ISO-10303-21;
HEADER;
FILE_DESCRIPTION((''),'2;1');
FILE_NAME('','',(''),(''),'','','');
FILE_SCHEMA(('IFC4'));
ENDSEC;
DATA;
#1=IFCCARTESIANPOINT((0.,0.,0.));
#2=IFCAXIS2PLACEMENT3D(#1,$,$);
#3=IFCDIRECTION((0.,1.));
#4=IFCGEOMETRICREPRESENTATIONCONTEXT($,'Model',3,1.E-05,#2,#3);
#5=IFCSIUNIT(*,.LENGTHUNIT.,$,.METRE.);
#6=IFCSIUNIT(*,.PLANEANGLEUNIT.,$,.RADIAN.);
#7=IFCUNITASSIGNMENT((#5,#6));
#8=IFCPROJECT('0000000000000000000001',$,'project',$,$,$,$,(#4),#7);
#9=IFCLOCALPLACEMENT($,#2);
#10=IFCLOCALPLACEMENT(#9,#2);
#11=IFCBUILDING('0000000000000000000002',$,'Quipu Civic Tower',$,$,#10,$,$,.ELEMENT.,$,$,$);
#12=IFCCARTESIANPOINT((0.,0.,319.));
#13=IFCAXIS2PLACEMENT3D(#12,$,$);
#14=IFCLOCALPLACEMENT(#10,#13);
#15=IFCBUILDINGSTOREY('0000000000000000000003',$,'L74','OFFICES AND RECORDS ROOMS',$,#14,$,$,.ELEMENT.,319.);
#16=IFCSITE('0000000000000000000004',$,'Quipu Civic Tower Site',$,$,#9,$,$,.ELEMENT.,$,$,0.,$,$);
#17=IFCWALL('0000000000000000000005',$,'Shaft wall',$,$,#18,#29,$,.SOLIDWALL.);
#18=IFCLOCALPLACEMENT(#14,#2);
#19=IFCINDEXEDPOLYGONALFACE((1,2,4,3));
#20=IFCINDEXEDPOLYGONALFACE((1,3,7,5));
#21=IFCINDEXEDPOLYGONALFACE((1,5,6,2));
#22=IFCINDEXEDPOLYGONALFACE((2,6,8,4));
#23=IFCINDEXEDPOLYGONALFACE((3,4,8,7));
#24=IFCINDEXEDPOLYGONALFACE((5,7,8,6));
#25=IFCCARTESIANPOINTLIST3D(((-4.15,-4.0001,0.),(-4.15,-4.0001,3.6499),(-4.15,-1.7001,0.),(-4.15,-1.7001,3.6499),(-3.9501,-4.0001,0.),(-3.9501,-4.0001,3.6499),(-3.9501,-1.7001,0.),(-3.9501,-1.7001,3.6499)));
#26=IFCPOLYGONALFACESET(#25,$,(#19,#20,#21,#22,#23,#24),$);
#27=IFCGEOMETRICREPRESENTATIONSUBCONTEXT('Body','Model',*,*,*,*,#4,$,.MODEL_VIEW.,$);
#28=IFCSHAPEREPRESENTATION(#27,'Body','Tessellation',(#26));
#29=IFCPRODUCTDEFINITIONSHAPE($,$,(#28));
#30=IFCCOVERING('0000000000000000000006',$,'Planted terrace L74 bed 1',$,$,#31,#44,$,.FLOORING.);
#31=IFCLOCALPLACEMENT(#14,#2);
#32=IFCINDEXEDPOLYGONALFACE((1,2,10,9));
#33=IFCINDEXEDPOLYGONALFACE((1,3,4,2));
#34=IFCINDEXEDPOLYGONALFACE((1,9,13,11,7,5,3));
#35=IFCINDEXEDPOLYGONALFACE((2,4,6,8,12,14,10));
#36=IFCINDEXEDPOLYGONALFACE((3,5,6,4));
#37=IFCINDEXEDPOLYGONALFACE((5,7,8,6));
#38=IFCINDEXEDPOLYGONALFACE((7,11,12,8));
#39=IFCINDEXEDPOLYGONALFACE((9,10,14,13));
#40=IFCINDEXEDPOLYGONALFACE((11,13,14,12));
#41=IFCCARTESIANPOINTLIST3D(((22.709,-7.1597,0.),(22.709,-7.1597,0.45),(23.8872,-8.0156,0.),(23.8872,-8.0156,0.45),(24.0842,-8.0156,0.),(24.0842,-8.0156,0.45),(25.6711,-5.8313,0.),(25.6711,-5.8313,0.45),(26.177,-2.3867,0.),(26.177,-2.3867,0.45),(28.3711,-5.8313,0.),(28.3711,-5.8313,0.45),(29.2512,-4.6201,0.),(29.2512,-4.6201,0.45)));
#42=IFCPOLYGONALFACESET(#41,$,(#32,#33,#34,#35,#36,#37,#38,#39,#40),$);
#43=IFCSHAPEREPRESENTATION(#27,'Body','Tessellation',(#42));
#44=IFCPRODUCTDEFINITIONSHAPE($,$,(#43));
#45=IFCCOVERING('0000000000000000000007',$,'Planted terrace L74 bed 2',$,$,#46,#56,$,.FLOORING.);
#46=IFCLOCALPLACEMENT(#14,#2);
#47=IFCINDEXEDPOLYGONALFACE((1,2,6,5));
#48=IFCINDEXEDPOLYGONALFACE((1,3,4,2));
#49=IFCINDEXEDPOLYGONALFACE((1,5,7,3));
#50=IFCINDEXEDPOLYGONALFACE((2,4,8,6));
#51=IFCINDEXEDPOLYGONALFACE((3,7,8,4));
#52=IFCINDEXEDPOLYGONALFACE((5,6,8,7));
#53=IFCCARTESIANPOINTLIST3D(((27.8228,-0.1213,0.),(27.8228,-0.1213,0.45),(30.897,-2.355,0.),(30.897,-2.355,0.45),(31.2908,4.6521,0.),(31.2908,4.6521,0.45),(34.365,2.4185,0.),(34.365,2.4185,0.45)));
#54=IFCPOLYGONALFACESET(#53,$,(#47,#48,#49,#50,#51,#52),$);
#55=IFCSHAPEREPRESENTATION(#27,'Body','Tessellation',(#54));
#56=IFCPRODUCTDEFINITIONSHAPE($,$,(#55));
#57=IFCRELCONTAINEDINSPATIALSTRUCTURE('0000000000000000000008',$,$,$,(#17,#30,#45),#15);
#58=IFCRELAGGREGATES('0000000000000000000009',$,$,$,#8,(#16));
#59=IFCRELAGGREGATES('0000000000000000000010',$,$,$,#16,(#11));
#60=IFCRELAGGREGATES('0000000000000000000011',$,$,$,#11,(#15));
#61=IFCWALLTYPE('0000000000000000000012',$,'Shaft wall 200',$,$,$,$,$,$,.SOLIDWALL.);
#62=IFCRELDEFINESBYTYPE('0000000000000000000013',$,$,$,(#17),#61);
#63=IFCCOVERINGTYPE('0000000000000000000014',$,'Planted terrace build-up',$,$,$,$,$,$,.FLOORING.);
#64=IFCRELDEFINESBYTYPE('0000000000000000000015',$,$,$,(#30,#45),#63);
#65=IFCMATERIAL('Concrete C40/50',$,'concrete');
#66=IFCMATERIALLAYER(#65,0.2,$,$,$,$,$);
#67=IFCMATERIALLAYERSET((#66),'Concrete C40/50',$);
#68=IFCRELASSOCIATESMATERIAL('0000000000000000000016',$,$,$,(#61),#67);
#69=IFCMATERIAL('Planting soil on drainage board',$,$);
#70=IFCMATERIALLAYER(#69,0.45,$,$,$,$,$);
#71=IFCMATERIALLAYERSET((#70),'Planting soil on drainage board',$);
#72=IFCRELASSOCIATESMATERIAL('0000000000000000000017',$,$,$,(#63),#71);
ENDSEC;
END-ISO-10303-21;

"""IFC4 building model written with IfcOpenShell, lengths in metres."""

from ifc_helpers import new_model, si_unit, direction, frame, frame_2d, origin, place, context, subcontext, project, spatial, polyline, rectangle, outline, extrude, material, layer, layer_set, type_object, element, save


model = new_model("IFC4")

# Units and contexts
model_context = context("Model", 3, precision=1e-05, world=origin(), true_north=direction((0.0, 1.0)))
body_context = subcontext(model_context, "Body", "Model", "MODEL_VIEW")
ifc_project = project(units=[si_unit("LENGTHUNIT", "METRE"), si_unit("PLANEANGLEUNIT", "RADIAN")], contexts=[model_context])

# Site, building, storey
site_placement = place(None, origin())
site = spatial("IfcSite", under=ifc_project, at=site_placement, Name="Quipu Civic Tower Site", CompositionType="ELEMENT", RefElevation=0.0)
building_placement = place(site_placement, origin())
building = spatial("IfcBuilding", under=site, at=building_placement, Name="Quipu Civic Tower", CompositionType="ELEMENT")
storey_placement = place(building_placement, frame((0.0, 0.0, 319.0)))
storey = spatial("IfcBuildingStorey", under=building, at=storey_placement, Name="L74", Description="OFFICES AND RECORDS ROOMS", CompositionType="ELEMENT", Elevation=319.0)

# Wall
ifc_material_1 = material(Name="Concrete C40/50", Category="concrete")
ifc_layer_1 = layer(ifc_material_1, 0.2)
ifc_layer_set_1 = layer_set([ifc_layer_1], Name="Concrete C40/50")
wall_type_1 = type_object("IfcWallType", Name="Shaft wall 200", PredefinedType="SOLIDWALL", material=ifc_layer_set_1)
for number, where, z_axis, x_axis, name in (
    (1, (-4.05, -4.0, 0.0), (0.0, 0.0, 1.0), (0.0, 1.0, 0.0), "Shaft wall"),
):
    element("IfcWall", number, at=place(storey_placement, frame(where, z_axis=z_axis, x_axis=x_axis)), inside=storey, type_object=wall_type_1, Name=name, PredefinedType="SOLIDWALL", context=body_context, shape_type="SweptSolid", body=[
        extrude(rectangle(XDim=2.3, YDim=0.2, at=frame_2d((1.1499, 0.0))), origin(), (0.0, 0.0, 1.0), 3.6499),
    ])

# Coverings
ifc_material_2 = material(Name="Planting soil on drainage board")
ifc_layer_2 = layer(ifc_material_2, 0.45)
ifc_layer_set_2 = layer_set([ifc_layer_2], Name="Planting soil on drainage board")
covering_type = type_object("IfcCoveringType", Name="Planted terrace build-up", PredefinedType="FLOORING", material=ifc_layer_set_2)
covering_1_placement = place(storey_placement, origin())
element("IfcCovering", 2, at=covering_1_placement, inside=storey, type_object=covering_type, Name="Planted terrace L74 bed 1", PredefinedType="FLOORING", context=body_context, shape_type="SweptSolid", body=[
    extrude(outline(polyline([(26.177, -2.3867), (29.2512, -4.6201), (28.3711, -5.8313), (25.6711, -5.8313), (24.0842, -8.0156), (23.8872, -8.0156), (22.709, -7.1597), (26.177, -2.3867)])), origin(), (0.0, 0.0, 1.0), 0.45),
])
covering_2_placement = place(storey_placement, origin())
element("IfcCovering", 3, at=covering_2_placement, inside=storey, type_object=covering_type, Name="Planted terrace L74 bed 2", PredefinedType="FLOORING", context=body_context, shape_type="SweptSolid", body=[
    extrude(outline(polyline([(31.2908, 4.6521), (34.365, 2.4185), (30.897, -2.355), (27.8228, -0.1213), (31.2908, 4.6521)])), origin(), (0.0, 0.0, 1.0), 0.45),
])

save(model, "model.ifc")
